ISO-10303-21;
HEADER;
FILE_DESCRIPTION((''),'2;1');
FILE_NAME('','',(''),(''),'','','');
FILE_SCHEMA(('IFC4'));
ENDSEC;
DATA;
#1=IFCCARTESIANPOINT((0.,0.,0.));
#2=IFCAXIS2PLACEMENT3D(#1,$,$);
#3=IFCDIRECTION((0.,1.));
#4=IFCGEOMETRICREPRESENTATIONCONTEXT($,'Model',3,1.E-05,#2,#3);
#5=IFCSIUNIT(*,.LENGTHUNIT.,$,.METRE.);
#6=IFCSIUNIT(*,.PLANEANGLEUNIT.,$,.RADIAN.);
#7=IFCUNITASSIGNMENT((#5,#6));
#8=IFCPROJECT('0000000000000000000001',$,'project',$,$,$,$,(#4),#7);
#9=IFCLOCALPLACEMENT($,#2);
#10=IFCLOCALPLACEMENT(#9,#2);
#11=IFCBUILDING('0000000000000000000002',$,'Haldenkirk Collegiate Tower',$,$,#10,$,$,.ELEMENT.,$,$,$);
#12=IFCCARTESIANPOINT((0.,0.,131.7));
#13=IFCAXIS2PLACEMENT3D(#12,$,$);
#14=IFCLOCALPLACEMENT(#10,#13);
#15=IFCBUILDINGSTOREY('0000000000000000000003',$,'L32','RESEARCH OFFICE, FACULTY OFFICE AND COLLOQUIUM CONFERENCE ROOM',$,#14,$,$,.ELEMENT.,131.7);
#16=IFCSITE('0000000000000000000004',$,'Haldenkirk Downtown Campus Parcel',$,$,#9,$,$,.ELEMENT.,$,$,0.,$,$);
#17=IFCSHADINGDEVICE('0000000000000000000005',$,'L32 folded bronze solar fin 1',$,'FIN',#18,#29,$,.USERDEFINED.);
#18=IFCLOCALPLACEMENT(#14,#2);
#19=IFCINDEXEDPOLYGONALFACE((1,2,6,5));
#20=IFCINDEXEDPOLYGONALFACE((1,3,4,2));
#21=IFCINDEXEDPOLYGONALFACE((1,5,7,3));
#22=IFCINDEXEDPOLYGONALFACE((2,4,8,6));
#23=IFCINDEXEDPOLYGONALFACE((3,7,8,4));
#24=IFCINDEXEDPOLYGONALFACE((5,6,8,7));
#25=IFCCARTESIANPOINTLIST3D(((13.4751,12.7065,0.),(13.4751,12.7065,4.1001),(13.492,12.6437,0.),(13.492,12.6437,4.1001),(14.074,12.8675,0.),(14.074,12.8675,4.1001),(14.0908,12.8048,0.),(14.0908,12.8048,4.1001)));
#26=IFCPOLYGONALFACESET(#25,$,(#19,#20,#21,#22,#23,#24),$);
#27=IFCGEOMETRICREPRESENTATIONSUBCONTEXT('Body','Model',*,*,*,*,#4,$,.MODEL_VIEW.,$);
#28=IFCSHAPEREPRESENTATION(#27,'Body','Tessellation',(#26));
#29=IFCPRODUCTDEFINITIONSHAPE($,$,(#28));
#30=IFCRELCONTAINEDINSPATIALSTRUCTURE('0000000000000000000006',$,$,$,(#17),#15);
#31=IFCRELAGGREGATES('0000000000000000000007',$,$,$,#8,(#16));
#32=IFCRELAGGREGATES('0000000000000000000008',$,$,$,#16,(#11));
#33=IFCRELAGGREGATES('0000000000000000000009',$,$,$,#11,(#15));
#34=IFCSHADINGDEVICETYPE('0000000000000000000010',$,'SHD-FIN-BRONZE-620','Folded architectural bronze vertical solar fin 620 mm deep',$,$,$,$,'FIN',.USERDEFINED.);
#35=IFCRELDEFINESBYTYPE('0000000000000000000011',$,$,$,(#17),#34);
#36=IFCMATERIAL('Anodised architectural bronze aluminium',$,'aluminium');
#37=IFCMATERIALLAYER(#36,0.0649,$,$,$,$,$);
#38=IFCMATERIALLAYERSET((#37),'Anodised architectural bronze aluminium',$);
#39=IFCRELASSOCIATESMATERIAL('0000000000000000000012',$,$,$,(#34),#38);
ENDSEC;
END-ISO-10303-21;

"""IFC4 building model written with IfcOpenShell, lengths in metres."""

from ifc_helpers import new_model, si_unit, direction, frame, origin, origin_2d, place, context, subcontext, project, spatial, rectangle, extrude, source, transform, mapped, material, layer, layer_set, type_object, element, save


model = new_model("IFC4")

# Units and contexts
model_context = context("Model", 3, precision=1e-05, world=origin(), true_north=direction((0.0, 1.0)))
body_context = subcontext(model_context, "Body", "Model", "MODEL_VIEW")
ifc_project = project(units=[si_unit("LENGTHUNIT", "METRE"), si_unit("PLANEANGLEUNIT", "RADIAN")], contexts=[model_context])

# Site, building, storey
site_placement = place(None, origin())
site = spatial("IfcSite", under=ifc_project, at=site_placement, Name="Haldenkirk Downtown Campus Parcel", CompositionType="ELEMENT", RefElevation=0.0)
building_placement = place(site_placement, origin())
building = spatial("IfcBuilding", under=site, at=building_placement, Name="Haldenkirk Collegiate Tower", CompositionType="ELEMENT")
storey_placement = place(building_placement, frame((0.0, 0.0, 131.7)))
storey = spatial("IfcBuildingStorey", under=building, at=storey_placement, Name="L32", Description="RESEARCH OFFICE, FACULTY OFFICE AND COLLOQUIUM CONFERENCE ROOM", CompositionType="ELEMENT", Elevation=131.7)

# Shared definitions
ifc_material_1 = material(Name="Anodised architectural bronze aluminium", Category="aluminium")

# Shading device
ifc_layer_1 = layer(ifc_material_1, 0.0649)
ifc_layer_set_1 = layer_set([ifc_layer_1], Name="Anodised architectural bronze aluminium")
shading_device_type = type_object("IfcShadingDeviceType", Name="SHD-FIN-BRONZE-620", Description="Folded architectural bronze vertical solar fin 620 mm deep", ElementType="FIN", PredefinedType="USERDEFINED", material=ifc_layer_set_1)
shared_shape_1 = source(origin(), body_context, "Body", "SweptSolid", [
    extrude(rectangle(XDim=0.6201, YDim=0.0649, at=origin_2d()), origin(), (0.0, 0.0, 1.0), 4.1001),
])
shading_device_placement = place(storey_placement, frame((13.783, 12.7556, 0.0), z_axis=(0.0, 0.0, 1.0), x_axis=(-0.9657, -0.259662, 0.0)))
element("IfcShadingDevice", 1, at=shading_device_placement, inside=storey, type_object=shading_device_type, Name="L32 folded bronze solar fin 1", ObjectType="FIN", PredefinedType="USERDEFINED", context=body_context, shape_type="MappedRepresentation", body=[
    mapped(shared_shape_1, transform((0.0, 0.0, 0.0), x_axis=(1.0, 0.0, 0.0), y_axis=(0.0, 1.0, 0.0), z_axis=(0.0, 0.0, 1.0), scale=1.0)),
])

save(model, "model.ifc")
